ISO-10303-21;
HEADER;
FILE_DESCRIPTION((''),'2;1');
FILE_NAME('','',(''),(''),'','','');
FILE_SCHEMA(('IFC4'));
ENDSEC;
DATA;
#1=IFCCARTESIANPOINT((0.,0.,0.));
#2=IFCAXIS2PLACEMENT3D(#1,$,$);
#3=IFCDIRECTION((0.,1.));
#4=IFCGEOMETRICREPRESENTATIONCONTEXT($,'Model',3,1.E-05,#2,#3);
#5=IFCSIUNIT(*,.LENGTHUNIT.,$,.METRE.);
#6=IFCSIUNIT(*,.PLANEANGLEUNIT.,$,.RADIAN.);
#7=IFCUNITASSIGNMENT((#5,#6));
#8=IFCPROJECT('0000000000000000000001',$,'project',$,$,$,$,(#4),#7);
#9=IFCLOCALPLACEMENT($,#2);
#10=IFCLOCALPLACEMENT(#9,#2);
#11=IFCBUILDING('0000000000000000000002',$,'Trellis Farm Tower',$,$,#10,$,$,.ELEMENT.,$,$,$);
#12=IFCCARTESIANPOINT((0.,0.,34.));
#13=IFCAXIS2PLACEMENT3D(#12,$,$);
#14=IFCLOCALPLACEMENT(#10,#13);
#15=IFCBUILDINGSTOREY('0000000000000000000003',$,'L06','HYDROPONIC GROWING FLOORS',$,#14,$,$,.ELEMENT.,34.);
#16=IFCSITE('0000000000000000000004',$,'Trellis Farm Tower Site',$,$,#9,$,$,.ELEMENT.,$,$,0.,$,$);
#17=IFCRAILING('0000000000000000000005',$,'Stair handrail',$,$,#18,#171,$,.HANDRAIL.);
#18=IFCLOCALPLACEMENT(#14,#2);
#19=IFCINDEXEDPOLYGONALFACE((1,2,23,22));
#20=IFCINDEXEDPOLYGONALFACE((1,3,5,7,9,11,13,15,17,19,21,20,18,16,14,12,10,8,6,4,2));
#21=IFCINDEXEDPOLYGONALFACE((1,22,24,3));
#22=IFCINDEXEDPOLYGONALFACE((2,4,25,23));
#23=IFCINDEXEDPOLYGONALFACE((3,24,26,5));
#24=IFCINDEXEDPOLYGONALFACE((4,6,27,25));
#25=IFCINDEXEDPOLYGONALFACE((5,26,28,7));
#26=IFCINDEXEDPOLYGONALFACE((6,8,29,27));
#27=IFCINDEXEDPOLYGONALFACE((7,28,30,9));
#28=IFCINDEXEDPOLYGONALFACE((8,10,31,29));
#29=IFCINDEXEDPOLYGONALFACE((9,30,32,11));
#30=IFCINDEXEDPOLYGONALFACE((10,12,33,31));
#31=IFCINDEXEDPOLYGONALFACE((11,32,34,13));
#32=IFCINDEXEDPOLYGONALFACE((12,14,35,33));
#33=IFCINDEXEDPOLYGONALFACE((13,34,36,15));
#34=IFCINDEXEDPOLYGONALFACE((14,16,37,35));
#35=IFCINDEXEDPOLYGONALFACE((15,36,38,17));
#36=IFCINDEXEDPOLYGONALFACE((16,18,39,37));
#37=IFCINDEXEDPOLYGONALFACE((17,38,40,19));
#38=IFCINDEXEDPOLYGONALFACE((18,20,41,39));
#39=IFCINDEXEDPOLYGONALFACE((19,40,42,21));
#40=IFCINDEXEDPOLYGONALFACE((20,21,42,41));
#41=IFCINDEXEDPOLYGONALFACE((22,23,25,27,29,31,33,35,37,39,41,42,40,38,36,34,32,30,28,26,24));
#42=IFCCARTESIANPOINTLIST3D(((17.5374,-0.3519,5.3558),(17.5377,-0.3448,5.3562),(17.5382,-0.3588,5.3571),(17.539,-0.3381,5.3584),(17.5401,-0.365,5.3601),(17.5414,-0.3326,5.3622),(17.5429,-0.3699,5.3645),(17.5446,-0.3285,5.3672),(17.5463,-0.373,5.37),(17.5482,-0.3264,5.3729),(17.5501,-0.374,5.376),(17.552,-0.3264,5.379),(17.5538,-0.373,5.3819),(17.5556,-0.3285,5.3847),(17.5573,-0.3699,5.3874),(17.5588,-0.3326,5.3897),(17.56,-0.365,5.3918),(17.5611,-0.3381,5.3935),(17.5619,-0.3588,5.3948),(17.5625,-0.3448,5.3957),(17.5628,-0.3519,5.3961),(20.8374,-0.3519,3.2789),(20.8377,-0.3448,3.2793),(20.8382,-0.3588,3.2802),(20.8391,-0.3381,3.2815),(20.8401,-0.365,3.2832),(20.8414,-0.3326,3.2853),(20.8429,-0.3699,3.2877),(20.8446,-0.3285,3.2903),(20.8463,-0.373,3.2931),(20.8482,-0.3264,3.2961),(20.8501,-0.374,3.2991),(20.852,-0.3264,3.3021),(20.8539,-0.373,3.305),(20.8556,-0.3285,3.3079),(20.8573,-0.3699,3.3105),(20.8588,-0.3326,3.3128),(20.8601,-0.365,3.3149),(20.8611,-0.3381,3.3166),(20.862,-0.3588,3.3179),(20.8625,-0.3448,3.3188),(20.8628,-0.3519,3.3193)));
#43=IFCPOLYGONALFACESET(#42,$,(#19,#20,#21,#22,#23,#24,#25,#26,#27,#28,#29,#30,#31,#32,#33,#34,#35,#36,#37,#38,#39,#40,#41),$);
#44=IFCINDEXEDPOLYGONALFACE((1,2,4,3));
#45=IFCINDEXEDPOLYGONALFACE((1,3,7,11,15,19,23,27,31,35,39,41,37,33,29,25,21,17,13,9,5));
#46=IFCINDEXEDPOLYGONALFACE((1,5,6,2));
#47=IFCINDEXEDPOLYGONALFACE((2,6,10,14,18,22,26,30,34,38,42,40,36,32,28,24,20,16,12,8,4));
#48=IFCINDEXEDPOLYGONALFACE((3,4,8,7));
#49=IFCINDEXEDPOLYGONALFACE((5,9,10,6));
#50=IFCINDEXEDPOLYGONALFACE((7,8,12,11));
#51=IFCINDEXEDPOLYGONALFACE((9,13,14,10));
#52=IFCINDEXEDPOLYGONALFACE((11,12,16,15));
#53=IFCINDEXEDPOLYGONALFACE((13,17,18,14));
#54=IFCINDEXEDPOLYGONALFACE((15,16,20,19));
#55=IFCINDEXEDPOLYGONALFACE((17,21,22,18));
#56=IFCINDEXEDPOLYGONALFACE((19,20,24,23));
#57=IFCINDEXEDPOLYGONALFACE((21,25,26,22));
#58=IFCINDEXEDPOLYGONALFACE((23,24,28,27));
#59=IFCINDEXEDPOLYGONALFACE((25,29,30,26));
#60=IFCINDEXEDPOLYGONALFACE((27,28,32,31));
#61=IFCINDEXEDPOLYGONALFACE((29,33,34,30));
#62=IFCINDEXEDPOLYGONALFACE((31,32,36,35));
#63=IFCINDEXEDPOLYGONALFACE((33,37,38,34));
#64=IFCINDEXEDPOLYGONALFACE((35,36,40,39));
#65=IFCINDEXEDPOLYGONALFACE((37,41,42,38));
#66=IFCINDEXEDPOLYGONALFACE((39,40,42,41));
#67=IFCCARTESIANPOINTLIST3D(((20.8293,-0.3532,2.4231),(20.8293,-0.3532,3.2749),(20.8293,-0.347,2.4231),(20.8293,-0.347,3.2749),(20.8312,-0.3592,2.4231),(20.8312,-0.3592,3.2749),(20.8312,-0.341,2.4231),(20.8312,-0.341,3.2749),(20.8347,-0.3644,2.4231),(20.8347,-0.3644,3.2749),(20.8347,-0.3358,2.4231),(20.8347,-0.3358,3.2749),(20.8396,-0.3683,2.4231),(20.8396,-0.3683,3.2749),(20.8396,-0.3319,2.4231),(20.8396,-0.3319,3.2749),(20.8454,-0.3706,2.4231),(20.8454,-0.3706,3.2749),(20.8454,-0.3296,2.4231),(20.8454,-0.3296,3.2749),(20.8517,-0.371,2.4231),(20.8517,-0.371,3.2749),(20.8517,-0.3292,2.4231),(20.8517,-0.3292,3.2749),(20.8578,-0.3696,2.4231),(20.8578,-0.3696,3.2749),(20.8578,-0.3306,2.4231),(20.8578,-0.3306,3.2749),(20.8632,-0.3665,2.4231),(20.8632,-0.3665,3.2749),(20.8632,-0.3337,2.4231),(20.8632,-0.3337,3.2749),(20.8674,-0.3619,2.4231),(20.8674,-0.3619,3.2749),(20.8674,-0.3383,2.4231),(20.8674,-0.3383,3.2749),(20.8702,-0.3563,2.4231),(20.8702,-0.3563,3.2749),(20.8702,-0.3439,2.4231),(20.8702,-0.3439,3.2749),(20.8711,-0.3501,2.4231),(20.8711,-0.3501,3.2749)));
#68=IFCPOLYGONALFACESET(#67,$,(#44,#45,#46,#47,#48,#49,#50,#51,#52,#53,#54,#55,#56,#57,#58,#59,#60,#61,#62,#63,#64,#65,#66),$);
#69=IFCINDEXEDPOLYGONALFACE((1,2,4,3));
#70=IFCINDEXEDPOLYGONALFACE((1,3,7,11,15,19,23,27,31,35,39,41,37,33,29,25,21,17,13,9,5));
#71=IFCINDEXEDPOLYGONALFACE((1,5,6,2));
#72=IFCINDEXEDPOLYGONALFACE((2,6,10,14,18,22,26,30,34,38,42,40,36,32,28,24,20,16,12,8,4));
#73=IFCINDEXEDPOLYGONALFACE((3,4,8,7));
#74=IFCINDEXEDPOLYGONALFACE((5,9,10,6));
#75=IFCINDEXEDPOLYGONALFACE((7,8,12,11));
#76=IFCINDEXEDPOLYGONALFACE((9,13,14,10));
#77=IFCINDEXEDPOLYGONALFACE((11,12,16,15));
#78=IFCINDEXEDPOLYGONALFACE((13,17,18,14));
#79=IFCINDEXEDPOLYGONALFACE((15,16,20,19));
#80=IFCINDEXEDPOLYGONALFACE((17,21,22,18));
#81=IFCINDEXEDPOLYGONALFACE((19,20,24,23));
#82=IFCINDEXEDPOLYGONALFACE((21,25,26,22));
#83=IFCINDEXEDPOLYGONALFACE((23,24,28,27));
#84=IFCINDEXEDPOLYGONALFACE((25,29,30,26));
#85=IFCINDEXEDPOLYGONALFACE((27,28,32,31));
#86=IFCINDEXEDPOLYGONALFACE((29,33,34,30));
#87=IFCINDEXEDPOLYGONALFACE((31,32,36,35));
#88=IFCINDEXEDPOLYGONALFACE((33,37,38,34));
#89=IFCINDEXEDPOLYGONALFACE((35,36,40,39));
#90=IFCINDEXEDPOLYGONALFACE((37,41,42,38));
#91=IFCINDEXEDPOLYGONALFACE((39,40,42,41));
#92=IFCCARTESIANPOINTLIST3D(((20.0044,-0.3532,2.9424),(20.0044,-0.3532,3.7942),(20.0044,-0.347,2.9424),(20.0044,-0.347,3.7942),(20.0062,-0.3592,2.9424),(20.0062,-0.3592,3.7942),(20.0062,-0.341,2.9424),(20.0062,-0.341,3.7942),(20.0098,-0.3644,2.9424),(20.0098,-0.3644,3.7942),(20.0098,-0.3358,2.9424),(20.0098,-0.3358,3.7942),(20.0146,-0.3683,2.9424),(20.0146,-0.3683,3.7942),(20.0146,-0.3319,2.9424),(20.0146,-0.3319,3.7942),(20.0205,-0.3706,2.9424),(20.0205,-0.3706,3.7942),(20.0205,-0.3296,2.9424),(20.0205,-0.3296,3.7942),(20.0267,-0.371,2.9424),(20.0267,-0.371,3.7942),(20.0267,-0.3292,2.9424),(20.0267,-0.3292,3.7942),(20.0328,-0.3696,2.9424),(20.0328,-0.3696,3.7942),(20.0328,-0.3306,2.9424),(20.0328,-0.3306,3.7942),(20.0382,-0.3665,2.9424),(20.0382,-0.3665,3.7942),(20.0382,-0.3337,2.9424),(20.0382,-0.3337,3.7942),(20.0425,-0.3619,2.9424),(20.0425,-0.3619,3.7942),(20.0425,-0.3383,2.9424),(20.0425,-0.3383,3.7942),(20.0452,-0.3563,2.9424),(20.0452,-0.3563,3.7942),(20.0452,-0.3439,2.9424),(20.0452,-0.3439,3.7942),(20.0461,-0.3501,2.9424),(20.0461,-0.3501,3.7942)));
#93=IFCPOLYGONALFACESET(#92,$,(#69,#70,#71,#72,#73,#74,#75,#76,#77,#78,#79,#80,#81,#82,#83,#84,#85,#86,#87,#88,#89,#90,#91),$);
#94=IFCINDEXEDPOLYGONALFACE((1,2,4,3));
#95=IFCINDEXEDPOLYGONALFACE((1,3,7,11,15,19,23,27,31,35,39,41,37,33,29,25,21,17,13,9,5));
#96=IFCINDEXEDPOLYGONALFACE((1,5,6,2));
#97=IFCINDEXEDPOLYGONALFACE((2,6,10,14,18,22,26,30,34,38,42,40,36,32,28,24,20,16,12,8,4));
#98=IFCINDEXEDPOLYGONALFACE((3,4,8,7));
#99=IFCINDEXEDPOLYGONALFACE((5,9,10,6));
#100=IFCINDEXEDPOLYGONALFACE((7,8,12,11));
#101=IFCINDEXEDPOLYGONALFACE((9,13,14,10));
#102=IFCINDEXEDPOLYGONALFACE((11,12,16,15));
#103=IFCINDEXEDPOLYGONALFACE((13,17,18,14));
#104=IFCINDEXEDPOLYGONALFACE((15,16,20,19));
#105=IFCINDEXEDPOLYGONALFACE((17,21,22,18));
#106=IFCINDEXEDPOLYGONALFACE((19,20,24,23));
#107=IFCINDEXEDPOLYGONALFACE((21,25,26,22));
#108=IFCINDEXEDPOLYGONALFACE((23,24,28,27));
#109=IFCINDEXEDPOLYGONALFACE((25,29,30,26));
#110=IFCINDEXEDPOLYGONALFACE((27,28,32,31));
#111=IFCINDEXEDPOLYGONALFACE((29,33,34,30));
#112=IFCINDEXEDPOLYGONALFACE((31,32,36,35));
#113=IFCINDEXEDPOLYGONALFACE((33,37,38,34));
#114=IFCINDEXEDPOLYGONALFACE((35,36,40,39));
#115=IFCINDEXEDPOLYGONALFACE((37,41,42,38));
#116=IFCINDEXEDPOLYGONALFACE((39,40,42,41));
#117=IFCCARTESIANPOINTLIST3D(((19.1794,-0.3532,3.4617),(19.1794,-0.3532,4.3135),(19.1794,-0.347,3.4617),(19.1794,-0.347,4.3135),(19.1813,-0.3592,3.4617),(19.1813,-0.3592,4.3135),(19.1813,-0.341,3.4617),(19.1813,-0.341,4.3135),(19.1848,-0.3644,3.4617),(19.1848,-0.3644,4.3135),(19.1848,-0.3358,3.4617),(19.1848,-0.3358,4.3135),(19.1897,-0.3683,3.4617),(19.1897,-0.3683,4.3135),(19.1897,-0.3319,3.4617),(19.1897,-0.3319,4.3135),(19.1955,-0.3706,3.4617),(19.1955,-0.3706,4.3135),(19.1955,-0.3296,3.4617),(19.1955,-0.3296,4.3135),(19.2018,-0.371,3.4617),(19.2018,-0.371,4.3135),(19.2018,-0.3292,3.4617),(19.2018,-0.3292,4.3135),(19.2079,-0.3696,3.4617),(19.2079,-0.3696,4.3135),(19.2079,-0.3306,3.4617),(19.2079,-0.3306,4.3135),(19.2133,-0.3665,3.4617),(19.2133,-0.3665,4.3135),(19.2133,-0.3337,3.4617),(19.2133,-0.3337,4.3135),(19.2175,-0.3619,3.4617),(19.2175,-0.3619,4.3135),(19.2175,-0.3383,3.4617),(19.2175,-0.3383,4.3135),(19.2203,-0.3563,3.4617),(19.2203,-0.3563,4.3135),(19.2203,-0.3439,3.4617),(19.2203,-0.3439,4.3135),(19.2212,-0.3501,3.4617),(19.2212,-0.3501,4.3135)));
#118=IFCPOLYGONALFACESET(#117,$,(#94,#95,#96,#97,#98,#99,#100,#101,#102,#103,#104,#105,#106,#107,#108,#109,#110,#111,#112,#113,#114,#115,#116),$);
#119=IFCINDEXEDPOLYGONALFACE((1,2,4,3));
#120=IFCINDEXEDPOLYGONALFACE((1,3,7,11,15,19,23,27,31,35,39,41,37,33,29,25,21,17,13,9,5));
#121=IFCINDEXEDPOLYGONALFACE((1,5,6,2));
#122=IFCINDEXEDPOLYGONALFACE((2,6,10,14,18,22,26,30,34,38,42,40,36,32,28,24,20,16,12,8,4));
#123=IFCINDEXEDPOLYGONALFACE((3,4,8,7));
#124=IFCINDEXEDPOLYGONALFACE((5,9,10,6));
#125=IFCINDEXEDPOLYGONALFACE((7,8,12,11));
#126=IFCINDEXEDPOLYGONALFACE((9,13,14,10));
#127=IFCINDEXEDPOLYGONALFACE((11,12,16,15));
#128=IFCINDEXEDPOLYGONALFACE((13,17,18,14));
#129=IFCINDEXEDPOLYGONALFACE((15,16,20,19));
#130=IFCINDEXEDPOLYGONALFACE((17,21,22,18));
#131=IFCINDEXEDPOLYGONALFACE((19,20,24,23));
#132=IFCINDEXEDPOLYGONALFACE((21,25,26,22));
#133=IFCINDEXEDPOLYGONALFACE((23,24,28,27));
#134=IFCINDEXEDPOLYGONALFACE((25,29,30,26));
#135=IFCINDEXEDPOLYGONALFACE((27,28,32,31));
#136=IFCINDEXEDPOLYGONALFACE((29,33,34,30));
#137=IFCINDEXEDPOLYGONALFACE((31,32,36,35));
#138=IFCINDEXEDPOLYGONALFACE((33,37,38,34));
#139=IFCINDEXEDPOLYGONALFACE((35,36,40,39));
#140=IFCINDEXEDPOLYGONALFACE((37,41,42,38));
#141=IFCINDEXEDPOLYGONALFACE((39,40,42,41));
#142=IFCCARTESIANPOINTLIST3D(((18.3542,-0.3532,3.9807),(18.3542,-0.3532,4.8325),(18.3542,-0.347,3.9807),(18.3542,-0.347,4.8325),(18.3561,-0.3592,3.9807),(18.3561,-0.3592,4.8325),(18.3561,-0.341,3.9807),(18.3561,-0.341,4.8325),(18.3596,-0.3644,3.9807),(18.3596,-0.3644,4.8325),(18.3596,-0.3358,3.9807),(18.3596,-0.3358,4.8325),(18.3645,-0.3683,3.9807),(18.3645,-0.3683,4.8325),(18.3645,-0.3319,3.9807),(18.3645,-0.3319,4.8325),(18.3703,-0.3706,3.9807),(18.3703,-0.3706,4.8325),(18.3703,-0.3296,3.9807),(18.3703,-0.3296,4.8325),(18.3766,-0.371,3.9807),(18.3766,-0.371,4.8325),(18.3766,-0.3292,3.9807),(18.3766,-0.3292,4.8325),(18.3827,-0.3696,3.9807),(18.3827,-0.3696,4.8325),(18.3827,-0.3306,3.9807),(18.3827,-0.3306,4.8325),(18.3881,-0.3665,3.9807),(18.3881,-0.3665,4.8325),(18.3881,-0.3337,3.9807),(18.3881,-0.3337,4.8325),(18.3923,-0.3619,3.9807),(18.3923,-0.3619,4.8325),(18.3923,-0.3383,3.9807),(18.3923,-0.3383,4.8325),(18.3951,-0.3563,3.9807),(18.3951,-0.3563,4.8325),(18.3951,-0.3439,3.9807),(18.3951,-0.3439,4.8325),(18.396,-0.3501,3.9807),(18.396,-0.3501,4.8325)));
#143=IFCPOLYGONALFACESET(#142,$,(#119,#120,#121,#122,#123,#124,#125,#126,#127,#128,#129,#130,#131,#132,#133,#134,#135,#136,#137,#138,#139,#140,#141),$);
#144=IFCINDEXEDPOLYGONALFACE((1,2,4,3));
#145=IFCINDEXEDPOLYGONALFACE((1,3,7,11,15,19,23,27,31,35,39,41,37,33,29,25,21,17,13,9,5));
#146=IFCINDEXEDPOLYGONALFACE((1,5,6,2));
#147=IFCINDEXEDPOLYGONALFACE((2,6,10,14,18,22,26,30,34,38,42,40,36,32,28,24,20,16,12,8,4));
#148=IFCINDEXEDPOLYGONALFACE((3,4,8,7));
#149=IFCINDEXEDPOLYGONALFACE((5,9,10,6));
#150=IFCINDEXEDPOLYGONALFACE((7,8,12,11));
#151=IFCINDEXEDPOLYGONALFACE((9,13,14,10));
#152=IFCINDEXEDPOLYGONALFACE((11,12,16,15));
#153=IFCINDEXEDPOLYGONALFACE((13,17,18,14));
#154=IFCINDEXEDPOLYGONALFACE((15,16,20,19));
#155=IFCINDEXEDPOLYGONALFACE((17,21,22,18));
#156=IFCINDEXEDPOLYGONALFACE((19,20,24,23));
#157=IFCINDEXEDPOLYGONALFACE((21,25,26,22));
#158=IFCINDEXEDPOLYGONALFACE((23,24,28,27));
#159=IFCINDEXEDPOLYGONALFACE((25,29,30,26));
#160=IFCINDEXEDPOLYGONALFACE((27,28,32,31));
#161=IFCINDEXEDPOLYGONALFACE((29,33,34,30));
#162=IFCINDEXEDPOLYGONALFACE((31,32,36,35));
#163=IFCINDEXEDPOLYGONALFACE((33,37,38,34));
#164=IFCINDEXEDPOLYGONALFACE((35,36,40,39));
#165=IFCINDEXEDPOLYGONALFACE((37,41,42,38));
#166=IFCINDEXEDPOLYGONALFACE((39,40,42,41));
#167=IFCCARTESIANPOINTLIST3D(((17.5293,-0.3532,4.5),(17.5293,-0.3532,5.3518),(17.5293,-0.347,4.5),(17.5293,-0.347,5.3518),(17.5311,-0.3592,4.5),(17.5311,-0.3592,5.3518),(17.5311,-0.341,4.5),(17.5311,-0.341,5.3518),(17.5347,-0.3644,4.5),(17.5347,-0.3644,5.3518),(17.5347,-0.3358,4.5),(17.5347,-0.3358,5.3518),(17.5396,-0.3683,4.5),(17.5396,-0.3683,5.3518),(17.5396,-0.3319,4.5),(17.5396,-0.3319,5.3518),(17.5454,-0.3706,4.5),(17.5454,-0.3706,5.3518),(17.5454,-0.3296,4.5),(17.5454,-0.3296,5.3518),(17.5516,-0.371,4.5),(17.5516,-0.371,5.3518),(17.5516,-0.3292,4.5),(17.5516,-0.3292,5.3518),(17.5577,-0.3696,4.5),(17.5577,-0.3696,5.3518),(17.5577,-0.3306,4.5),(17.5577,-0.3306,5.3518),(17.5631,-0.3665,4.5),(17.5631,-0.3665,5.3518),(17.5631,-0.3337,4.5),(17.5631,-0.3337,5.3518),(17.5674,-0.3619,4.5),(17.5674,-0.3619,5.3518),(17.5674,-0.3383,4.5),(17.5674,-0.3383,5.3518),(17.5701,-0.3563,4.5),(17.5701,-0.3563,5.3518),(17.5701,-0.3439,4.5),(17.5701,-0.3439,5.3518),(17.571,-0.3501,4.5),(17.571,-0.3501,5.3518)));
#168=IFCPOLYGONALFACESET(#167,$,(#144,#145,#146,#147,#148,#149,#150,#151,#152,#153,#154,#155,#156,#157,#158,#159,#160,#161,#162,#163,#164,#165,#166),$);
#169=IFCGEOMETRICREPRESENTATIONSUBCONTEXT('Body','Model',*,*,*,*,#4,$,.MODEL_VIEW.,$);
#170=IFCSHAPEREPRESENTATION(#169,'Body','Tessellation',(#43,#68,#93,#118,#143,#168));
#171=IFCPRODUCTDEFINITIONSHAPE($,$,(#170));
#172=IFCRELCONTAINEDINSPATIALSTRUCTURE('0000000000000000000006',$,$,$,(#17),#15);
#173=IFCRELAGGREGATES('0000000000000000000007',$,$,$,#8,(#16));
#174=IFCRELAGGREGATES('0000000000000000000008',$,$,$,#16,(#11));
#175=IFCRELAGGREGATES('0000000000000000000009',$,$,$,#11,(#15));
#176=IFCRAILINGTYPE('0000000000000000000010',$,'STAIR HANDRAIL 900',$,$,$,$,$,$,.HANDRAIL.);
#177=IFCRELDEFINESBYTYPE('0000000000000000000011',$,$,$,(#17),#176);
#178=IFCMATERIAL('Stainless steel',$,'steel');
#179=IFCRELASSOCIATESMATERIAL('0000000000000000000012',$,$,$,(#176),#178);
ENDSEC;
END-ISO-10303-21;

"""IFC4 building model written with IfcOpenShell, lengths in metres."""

from ifc_helpers import new_model, si_unit, direction, frame, origin, origin_2d, place, context, subcontext, project, spatial, circle, extrude, source, transform, mapped, material, type_object, element, save


model = new_model("IFC4")

# Units and contexts
model_context = context("Model", 3, precision=1e-05, world=origin(), true_north=direction((0.0, 1.0)))
body_context = subcontext(model_context, "Body", "Model", "MODEL_VIEW")
ifc_project = project(units=[si_unit("LENGTHUNIT", "METRE"), si_unit("PLANEANGLEUNIT", "RADIAN")], contexts=[model_context])

# Site, building, storey
site_placement = place(None, origin())
site = spatial("IfcSite", under=ifc_project, at=site_placement, Name="Trellis Farm Tower Site", CompositionType="ELEMENT", RefElevation=0.0)
building_placement = place(site_placement, origin())
building = spatial("IfcBuilding", under=site, at=building_placement, Name="Trellis Farm Tower", CompositionType="ELEMENT")
storey_placement = place(building_placement, frame((0.0, 0.0, 34.0)))
storey = spatial("IfcBuildingStorey", under=building, at=storey_placement, Name="L06", Description="HYDROPONIC GROWING FLOORS", CompositionType="ELEMENT", Elevation=34.0)

# Railing
ifc_material_1 = material(Name="Stainless steel", Category="steel")
railing_type_1 = type_object("IfcRailingType", Name="STAIR HANDRAIL 900", PredefinedType="HANDRAIL", material=ifc_material_1)
shared_shape_1 = source(origin(), body_context, "Body", "SweptSolid", [
    extrude(circle(Radius=0.0239, at=origin_2d()), frame((0.0, 0.0, 0.876), z_axis=(-0.846337, 0.0, 0.532647), x_axis=(0.0, -1.0, 0.0)), (0.0, 0.0, 1.0), 3.8992),
    extrude(circle(Radius=0.021, at=origin_2d()), origin(), (0.0, 0.0, 1.0), 0.8518),
    extrude(circle(Radius=0.021, at=origin_2d()), frame((-0.825, 0.0, 0.5193)), (0.0, 0.0, 1.0), 0.8518),
    extrude(circle(Radius=0.021, at=origin_2d()), frame((-1.6499, 0.0, 1.0386)), (0.0, 0.0, 1.0), 0.8518),
    extrude(circle(Radius=0.021, at=origin_2d()), frame((-2.4751, 0.0, 1.5576)), (0.0, 0.0, 1.0), 0.8518),
    extrude(circle(Radius=0.021, at=origin_2d()), frame((-3.3, 0.0, 2.0769)), (0.0, 0.0, 1.0), 0.8518),
])
for number, where, name in (
    (1, (20.8501, -0.3501, 2.4231), "Stair handrail"),
):
    element("IfcRailing", number, at=place(storey_placement, frame(where)), inside=storey, type_object=railing_type_1, Name=name, PredefinedType="HANDRAIL", context=body_context, shape_type="MappedRepresentation", body=[
        mapped(shared_shape_1, transform((0.0, 0.0, 0.0))),
    ])

save(model, "model.ifc")
